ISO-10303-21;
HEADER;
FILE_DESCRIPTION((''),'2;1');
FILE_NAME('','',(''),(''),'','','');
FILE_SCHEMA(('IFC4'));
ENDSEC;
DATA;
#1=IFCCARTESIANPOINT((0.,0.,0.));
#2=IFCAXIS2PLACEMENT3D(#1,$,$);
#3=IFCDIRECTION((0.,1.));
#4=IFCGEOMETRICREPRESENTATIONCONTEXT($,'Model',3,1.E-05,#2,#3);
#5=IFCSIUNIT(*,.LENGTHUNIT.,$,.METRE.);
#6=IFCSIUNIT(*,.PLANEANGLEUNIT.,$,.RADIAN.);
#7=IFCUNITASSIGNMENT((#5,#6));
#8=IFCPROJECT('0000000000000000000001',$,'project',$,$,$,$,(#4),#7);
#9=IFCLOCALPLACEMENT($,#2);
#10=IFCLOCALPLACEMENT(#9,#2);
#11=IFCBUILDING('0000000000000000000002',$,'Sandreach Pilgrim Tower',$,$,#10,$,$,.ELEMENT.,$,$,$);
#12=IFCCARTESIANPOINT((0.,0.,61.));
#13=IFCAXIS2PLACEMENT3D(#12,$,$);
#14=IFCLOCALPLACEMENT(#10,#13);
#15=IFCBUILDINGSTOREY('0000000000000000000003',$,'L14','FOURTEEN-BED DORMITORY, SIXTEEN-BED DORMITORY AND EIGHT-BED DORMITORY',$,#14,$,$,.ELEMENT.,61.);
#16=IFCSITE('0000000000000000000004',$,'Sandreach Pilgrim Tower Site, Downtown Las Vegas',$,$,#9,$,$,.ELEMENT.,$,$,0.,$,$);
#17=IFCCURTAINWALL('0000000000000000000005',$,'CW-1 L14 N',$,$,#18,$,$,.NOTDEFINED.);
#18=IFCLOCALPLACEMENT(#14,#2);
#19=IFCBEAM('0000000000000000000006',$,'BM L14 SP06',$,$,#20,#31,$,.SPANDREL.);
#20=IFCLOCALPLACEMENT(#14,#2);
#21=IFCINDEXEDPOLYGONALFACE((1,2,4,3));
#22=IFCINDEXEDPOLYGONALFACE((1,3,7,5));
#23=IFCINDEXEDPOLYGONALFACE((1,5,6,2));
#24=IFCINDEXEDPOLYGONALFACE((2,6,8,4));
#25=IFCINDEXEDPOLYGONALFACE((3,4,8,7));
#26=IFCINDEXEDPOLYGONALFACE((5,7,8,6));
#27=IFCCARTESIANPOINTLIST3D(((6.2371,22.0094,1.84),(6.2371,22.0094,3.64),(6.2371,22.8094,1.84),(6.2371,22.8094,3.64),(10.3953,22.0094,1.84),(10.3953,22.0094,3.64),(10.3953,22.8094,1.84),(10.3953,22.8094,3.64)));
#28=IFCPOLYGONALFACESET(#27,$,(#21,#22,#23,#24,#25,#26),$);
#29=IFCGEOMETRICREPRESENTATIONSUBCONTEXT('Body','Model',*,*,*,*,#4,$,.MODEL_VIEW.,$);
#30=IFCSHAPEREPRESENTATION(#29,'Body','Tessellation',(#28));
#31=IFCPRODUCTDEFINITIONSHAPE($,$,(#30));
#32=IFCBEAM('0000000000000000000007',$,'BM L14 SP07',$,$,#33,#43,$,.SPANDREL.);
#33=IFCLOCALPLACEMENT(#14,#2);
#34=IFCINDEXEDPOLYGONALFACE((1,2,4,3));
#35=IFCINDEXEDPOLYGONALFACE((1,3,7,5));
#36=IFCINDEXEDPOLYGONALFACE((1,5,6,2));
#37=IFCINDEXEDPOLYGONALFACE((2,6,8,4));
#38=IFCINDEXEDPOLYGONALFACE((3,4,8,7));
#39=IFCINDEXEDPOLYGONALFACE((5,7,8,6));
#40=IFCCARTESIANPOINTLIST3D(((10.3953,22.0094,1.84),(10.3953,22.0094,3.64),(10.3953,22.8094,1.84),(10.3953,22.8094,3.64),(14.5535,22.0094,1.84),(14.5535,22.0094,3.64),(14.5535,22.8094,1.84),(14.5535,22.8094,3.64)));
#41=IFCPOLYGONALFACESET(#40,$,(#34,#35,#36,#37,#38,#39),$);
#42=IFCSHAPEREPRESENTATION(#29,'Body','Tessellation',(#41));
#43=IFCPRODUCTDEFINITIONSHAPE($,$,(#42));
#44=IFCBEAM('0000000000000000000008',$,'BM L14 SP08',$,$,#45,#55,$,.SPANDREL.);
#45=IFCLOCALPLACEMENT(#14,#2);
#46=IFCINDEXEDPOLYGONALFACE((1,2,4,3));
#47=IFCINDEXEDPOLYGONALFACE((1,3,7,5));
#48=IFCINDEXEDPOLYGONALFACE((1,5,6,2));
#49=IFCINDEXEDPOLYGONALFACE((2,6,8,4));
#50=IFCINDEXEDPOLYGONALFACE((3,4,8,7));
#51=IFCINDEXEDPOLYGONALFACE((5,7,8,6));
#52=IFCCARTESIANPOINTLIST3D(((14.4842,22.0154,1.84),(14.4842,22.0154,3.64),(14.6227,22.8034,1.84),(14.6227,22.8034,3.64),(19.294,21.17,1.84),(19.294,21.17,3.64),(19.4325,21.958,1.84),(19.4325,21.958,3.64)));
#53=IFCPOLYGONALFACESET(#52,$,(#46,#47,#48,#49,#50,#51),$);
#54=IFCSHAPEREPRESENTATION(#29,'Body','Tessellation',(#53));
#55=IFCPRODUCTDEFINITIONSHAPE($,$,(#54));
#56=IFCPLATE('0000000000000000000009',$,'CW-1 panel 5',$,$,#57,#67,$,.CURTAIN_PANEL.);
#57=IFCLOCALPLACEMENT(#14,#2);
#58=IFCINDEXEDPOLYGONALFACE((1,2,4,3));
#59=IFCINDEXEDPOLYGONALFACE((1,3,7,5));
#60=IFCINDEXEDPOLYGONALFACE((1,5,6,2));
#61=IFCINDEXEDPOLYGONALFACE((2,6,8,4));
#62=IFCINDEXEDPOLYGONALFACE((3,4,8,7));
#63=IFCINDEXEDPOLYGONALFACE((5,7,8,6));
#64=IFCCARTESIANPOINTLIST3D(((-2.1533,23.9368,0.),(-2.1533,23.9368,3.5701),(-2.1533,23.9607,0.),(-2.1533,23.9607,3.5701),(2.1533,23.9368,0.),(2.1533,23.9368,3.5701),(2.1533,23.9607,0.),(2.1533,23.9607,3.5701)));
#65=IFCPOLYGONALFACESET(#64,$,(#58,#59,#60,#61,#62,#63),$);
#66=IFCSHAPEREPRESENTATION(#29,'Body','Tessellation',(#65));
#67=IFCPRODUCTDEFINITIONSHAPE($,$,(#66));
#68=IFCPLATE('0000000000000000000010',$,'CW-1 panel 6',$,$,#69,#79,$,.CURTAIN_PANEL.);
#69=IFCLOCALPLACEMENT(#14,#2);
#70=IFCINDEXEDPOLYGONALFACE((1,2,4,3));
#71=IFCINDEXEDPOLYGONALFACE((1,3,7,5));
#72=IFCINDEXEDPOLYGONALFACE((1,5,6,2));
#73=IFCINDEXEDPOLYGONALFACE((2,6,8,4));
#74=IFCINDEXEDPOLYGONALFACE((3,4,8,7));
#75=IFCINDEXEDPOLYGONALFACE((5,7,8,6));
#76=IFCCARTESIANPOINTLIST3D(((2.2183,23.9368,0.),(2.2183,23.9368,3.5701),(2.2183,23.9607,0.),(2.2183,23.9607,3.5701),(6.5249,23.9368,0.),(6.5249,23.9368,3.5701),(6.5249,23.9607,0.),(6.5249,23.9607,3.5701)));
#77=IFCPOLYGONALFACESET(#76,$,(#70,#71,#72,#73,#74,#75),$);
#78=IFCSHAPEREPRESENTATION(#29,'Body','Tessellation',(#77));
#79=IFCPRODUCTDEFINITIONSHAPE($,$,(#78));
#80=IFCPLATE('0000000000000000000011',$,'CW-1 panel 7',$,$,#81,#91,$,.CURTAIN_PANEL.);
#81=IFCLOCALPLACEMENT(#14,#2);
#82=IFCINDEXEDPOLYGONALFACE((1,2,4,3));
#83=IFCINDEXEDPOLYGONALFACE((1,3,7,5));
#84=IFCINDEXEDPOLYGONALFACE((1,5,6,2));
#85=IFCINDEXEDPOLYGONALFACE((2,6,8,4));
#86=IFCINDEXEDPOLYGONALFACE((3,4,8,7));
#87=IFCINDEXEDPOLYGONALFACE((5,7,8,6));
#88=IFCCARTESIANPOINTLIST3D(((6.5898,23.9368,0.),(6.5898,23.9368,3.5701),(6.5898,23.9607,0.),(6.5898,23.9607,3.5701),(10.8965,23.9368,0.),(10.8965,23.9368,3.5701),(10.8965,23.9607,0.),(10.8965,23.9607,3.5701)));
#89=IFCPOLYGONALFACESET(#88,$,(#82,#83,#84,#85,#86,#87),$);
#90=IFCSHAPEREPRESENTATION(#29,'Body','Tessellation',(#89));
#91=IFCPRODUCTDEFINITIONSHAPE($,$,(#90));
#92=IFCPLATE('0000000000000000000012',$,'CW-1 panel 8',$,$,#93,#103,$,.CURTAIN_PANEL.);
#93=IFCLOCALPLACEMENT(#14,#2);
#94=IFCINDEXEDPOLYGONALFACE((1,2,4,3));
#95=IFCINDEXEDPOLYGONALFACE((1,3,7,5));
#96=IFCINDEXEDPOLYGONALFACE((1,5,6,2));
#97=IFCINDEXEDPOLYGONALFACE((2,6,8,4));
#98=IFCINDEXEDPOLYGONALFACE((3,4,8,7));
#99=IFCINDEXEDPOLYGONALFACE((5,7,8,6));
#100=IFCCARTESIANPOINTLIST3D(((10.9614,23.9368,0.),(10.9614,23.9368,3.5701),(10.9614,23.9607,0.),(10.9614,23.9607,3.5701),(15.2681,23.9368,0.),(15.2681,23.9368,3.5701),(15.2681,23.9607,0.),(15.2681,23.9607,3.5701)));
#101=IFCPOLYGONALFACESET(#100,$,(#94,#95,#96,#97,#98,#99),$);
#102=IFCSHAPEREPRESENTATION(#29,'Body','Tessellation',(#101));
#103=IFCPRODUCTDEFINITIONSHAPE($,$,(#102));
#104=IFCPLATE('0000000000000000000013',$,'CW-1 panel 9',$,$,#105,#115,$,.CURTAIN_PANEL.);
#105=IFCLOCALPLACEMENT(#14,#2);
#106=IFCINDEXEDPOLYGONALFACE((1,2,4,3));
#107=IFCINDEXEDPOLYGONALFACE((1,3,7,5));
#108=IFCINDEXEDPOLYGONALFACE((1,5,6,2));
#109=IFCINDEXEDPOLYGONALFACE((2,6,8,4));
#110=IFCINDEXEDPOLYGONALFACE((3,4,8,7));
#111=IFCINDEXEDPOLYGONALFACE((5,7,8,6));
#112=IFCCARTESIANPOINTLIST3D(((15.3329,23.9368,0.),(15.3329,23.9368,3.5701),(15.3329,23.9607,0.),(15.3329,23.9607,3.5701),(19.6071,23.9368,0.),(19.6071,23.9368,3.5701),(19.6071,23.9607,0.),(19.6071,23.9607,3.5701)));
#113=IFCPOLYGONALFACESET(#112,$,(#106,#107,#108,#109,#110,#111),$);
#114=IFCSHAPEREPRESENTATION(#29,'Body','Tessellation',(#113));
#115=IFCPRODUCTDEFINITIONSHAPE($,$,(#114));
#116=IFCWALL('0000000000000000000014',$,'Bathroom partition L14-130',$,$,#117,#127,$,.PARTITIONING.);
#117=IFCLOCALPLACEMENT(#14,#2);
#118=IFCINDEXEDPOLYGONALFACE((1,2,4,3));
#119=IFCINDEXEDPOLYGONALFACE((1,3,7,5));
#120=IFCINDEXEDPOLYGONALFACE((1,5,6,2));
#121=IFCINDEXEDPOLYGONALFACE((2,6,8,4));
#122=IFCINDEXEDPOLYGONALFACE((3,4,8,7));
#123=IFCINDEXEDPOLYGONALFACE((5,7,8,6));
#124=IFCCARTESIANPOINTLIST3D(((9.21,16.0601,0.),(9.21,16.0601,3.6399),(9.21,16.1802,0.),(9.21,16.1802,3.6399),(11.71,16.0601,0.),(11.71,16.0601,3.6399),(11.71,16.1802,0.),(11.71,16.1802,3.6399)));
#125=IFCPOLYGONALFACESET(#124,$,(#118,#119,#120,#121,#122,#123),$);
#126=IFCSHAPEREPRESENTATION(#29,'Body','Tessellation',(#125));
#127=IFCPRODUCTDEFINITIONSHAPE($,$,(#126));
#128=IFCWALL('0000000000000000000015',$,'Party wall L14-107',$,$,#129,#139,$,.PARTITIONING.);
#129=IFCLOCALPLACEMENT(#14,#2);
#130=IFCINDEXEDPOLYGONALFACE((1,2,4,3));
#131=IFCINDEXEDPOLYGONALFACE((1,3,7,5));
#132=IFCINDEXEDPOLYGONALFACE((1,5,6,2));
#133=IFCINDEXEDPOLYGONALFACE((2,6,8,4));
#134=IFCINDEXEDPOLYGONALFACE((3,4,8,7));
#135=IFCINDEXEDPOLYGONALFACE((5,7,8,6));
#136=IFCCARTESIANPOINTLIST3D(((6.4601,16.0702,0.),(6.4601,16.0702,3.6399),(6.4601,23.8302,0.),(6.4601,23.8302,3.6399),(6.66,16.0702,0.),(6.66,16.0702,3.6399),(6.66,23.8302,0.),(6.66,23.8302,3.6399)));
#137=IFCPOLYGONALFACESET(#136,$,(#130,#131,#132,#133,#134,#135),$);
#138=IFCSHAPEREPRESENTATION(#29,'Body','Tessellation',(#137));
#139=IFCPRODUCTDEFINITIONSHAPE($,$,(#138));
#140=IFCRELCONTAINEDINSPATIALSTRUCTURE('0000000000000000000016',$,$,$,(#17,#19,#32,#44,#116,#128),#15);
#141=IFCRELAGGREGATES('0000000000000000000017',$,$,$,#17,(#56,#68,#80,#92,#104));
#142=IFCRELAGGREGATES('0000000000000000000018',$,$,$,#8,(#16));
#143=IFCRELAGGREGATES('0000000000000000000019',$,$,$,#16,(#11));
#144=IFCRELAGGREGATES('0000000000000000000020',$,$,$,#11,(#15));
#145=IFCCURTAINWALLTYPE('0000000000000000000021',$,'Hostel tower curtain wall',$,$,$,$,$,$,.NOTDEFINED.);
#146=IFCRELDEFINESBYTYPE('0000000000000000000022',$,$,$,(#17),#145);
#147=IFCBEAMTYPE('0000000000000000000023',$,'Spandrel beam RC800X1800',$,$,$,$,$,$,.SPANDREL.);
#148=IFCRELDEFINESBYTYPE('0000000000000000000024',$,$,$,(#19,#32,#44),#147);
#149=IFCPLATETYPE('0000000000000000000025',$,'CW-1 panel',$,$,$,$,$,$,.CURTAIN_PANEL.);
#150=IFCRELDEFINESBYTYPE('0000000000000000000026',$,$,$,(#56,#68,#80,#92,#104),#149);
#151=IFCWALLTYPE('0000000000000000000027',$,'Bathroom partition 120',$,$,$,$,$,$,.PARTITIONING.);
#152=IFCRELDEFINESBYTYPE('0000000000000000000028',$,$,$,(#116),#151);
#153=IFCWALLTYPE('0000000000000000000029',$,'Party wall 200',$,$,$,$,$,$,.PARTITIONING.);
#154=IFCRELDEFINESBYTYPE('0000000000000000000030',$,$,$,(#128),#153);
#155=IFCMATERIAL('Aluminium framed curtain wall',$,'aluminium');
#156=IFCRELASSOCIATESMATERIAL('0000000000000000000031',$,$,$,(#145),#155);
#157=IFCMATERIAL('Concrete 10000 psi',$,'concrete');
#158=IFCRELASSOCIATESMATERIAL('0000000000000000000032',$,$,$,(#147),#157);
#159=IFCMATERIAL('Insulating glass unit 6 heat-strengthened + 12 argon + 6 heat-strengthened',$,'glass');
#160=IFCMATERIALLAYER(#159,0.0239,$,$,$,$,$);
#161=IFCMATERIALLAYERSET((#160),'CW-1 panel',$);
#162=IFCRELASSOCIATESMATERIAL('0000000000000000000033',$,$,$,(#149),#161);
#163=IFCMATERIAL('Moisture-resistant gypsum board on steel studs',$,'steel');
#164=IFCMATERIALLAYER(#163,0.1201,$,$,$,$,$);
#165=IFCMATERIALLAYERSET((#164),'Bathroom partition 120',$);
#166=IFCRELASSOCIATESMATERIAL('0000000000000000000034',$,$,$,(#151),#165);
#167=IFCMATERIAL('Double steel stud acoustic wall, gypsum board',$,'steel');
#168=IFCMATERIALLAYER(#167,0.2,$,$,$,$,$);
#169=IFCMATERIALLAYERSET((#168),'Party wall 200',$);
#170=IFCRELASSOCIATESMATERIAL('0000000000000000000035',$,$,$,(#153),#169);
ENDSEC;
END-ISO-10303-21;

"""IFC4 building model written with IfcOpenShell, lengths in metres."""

from ifc_helpers import new_model, si_unit, direction, frame, frame_2d, origin, origin_2d, place, context, subcontext, project, spatial, rectangle, extrude, material, layer, layer_set, material_profile, profile_set, type_object, element, aggregate, save


model = new_model("IFC4")

# Units and contexts
model_context = context("Model", 3, precision=1e-05, world=origin(), true_north=direction((0.0, 1.0)))
body_context = subcontext(model_context, "Body", "Model", "MODEL_VIEW")
ifc_project = project(units=[si_unit("LENGTHUNIT", "METRE"), si_unit("PLANEANGLEUNIT", "RADIAN")], contexts=[model_context])

# Site, building, storey
site_placement = place(None, origin())
site = spatial("IfcSite", under=ifc_project, at=site_placement, Name="Sandreach Pilgrim Tower Site, Downtown Las Vegas", CompositionType="ELEMENT", RefElevation=0.0)
building_placement = place(site_placement, origin())
building = spatial("IfcBuilding", under=site, at=building_placement, Name="Sandreach Pilgrim Tower", CompositionType="ELEMENT")
storey_placement = place(building_placement, frame((0.0, 0.0, 61.0)))
storey = spatial("IfcBuildingStorey", under=building, at=storey_placement, Name="L14", Description="FOURTEEN-BED DORMITORY, SIXTEEN-BED DORMITORY AND EIGHT-BED DORMITORY", CompositionType="ELEMENT", Elevation=61.0)

# Curtain wall
ifc_material_1 = material(Name="Aluminium framed curtain wall", Category="aluminium")
curtain_wall_type = type_object("IfcCurtainWallType", Name="Hostel tower curtain wall", PredefinedType="NOTDEFINED", material=ifc_material_1)
curtain_wall_placement = place(storey_placement, origin())
curtain_wall = element("IfcCurtainWall", 1, at=curtain_wall_placement, inside=storey, type_object=curtain_wall_type, Name="CW-1 L14 N", PredefinedType="NOTDEFINED")

# Beams
ifc_material_2 = material(Name="Concrete 10000 psi", Category="concrete")
ifc_material_profile_1 = material_profile(ifc_material_2, rectangle(XDim=0.8, YDim=1.8, at=origin_2d()), Name="RC800X1800")
ifc_profile_set_1 = profile_set([ifc_material_profile_1], Name="Concrete 10000 psi")
beam_type_1 = type_object("IfcBeamType", Name="Spandrel beam RC800X1800", PredefinedType="SPANDREL", material=ifc_profile_set_1)
for number, where, z_axis, x_axis, name in (
    (2, (6.2371, 22.4094, 2.74), (1.0, 0.0, 0.0), (0.0, 1.0, 0.0), "BM L14 SP06"),
    (3, (10.3953, 22.4094, 2.74), (1.0, 0.0, 0.0), (0.0, 1.0, 0.0), "BM L14 SP07"),
):
    element("IfcBeam", number, at=place(storey_placement, frame(where, z_axis=z_axis, x_axis=x_axis)), inside=storey, type_object=beam_type_1, Name=name, PredefinedType="SPANDREL", context=body_context, shape_type="SweptSolid", body=[
        extrude(rectangle(XDim=0.8, YDim=1.8, at=origin_2d()), origin(), (0.0, 0.0, 1.0), 4.1582),
    ])
beam_1_placement = place(storey_placement, frame((14.5535, 22.4094, 2.74), z_axis=(0.9849, -0.173124, 0.0), x_axis=(0.173124, 0.9849, 0.0)))
element("IfcBeam", 4, at=beam_1_placement, inside=storey, type_object=beam_type_1, Name="BM L14 SP08", PredefinedType="SPANDREL", context=body_context, shape_type="SweptSolid", body=[
    extrude(rectangle(XDim=0.8, YDim=1.8, at=origin_2d()), origin(), (0.0, 0.0, 1.0), 4.8835),
])

# Plates
ifc_material_3 = material(Name="Insulating glass unit 6 heat-strengthened + 12 argon + 6 heat-strengthened", Category="glass")
ifc_layer_1 = layer(ifc_material_3, 0.0239)
ifc_layer_set_1 = layer_set([ifc_layer_1], Name="CW-1 panel")
plate_type = type_object("IfcPlateType", Name="CW-1 panel", PredefinedType="CURTAIN_PANEL", material=ifc_layer_set_1)
plate_1_placement = place(storey_placement, frame((0.0, 23.9487, 0.0), z_axis=(0.0, 0.0, 1.0), x_axis=(1.0, 0.0, 0.0)))
plate_1 = element("IfcPlate", 5, at=plate_1_placement, type_object=plate_type, Name="CW-1 panel 5", PredefinedType="CURTAIN_PANEL", context=body_context, shape_type="SweptSolid", body=[
    extrude(rectangle(XDim=4.3066, YDim=0.0239, at=origin_2d()), origin(), (0.0, 0.0, 1.0), 3.5701),
])
plate_2_placement = place(storey_placement, frame((4.3716, 23.9487, 0.0), z_axis=(0.0, 0.0, 1.0), x_axis=(1.0, 0.0, 0.0)))
plate_2 = element("IfcPlate", 6, at=plate_2_placement, type_object=plate_type, Name="CW-1 panel 6", PredefinedType="CURTAIN_PANEL", context=body_context, shape_type="SweptSolid", body=[
    extrude(rectangle(XDim=4.3066, YDim=0.0239, at=origin_2d()), origin(), (0.0, 0.0, 1.0), 3.5701),
])
plate_3_placement = place(storey_placement, frame((8.7432, 23.9487, 0.0), z_axis=(0.0, 0.0, 1.0), x_axis=(1.0, 0.0, 0.0)))
plate_3 = element("IfcPlate", 7, at=plate_3_placement, type_object=plate_type, Name="CW-1 panel 7", PredefinedType="CURTAIN_PANEL", context=body_context, shape_type="SweptSolid", body=[
    extrude(rectangle(XDim=4.3066, YDim=0.0239, at=origin_2d()), origin(), (0.0, 0.0, 1.0), 3.5701),
])
plate_4_placement = place(storey_placement, frame((13.1147, 23.9487, 0.0), z_axis=(0.0, 0.0, 1.0), x_axis=(1.0, 0.0, 0.0)))
plate_4 = element("IfcPlate", 8, at=plate_4_placement, type_object=plate_type, Name="CW-1 panel 8", PredefinedType="CURTAIN_PANEL", context=body_context, shape_type="SweptSolid", body=[
    extrude(rectangle(XDim=4.3066, YDim=0.0239, at=origin_2d()), origin(), (0.0, 0.0, 1.0), 3.5701),
])
plate_5_placement = place(storey_placement, frame((17.47, 23.9487, 0.0), z_axis=(0.0, 0.0, 1.0), x_axis=(1.0, 0.0, 0.0)))
plate_5 = element("IfcPlate", 9, at=plate_5_placement, type_object=plate_type, Name="CW-1 panel 9", PredefinedType="CURTAIN_PANEL", context=body_context, shape_type="SweptSolid", body=[
    extrude(rectangle(XDim=4.2742, YDim=0.0239, at=origin_2d()), origin(), (0.0, 0.0, 1.0), 3.5701),
])
aggregate(curtain_wall, [plate_1, plate_2, plate_3, plate_4, plate_5])

# Walls
ifc_material_4 = material(Name="Moisture-resistant gypsum board on steel studs", Category="steel")
ifc_layer_2 = layer(ifc_material_4, 0.1201)
ifc_layer_set_2 = layer_set([ifc_layer_2], Name="Bathroom partition 120")
wall_type_1 = type_object("IfcWallType", Name="Bathroom partition 120", PredefinedType="PARTITIONING", material=ifc_layer_set_2)
wall_1_placement = place(storey_placement, frame((11.71, 16.1201, 0.0), z_axis=(0.0, 0.0, 1.0), x_axis=(-1.0, 0.0, 0.0)))
element("IfcWall", 10, at=wall_1_placement, inside=storey, type_object=wall_type_1, Name="Bathroom partition L14-130", PredefinedType="PARTITIONING", context=body_context, shape_type="SweptSolid", body=[
    extrude(rectangle(XDim=2.5, YDim=0.1201, at=frame_2d((1.25, 0.0))), origin(), (0.0, 0.0, 1.0), 3.6399),
])
ifc_material_5 = material(Name="Double steel stud acoustic wall, gypsum board", Category="steel")
ifc_layer_3 = layer(ifc_material_5, 0.2)
ifc_layer_set_3 = layer_set([ifc_layer_3], Name="Party wall 200")
wall_type_2 = type_object("IfcWallType", Name="Party wall 200", PredefinedType="PARTITIONING", material=ifc_layer_set_3)
wall_2_placement = place(storey_placement, frame((6.5601, 23.8301, 0.0), z_axis=(0.0, 0.0, 1.0), x_axis=(0.0, -1.0, 0.0)))
element("IfcWall", 11, at=wall_2_placement, inside=storey, type_object=wall_type_2, Name="Party wall L14-107", PredefinedType="PARTITIONING", context=body_context, shape_type="SweptSolid", body=[
    extrude(rectangle(XDim=7.76, YDim=0.2, at=frame_2d((3.8799, 0.0))), origin(), (0.0, 0.0, 1.0), 3.6399),
])

save(model, "model.ifc")
